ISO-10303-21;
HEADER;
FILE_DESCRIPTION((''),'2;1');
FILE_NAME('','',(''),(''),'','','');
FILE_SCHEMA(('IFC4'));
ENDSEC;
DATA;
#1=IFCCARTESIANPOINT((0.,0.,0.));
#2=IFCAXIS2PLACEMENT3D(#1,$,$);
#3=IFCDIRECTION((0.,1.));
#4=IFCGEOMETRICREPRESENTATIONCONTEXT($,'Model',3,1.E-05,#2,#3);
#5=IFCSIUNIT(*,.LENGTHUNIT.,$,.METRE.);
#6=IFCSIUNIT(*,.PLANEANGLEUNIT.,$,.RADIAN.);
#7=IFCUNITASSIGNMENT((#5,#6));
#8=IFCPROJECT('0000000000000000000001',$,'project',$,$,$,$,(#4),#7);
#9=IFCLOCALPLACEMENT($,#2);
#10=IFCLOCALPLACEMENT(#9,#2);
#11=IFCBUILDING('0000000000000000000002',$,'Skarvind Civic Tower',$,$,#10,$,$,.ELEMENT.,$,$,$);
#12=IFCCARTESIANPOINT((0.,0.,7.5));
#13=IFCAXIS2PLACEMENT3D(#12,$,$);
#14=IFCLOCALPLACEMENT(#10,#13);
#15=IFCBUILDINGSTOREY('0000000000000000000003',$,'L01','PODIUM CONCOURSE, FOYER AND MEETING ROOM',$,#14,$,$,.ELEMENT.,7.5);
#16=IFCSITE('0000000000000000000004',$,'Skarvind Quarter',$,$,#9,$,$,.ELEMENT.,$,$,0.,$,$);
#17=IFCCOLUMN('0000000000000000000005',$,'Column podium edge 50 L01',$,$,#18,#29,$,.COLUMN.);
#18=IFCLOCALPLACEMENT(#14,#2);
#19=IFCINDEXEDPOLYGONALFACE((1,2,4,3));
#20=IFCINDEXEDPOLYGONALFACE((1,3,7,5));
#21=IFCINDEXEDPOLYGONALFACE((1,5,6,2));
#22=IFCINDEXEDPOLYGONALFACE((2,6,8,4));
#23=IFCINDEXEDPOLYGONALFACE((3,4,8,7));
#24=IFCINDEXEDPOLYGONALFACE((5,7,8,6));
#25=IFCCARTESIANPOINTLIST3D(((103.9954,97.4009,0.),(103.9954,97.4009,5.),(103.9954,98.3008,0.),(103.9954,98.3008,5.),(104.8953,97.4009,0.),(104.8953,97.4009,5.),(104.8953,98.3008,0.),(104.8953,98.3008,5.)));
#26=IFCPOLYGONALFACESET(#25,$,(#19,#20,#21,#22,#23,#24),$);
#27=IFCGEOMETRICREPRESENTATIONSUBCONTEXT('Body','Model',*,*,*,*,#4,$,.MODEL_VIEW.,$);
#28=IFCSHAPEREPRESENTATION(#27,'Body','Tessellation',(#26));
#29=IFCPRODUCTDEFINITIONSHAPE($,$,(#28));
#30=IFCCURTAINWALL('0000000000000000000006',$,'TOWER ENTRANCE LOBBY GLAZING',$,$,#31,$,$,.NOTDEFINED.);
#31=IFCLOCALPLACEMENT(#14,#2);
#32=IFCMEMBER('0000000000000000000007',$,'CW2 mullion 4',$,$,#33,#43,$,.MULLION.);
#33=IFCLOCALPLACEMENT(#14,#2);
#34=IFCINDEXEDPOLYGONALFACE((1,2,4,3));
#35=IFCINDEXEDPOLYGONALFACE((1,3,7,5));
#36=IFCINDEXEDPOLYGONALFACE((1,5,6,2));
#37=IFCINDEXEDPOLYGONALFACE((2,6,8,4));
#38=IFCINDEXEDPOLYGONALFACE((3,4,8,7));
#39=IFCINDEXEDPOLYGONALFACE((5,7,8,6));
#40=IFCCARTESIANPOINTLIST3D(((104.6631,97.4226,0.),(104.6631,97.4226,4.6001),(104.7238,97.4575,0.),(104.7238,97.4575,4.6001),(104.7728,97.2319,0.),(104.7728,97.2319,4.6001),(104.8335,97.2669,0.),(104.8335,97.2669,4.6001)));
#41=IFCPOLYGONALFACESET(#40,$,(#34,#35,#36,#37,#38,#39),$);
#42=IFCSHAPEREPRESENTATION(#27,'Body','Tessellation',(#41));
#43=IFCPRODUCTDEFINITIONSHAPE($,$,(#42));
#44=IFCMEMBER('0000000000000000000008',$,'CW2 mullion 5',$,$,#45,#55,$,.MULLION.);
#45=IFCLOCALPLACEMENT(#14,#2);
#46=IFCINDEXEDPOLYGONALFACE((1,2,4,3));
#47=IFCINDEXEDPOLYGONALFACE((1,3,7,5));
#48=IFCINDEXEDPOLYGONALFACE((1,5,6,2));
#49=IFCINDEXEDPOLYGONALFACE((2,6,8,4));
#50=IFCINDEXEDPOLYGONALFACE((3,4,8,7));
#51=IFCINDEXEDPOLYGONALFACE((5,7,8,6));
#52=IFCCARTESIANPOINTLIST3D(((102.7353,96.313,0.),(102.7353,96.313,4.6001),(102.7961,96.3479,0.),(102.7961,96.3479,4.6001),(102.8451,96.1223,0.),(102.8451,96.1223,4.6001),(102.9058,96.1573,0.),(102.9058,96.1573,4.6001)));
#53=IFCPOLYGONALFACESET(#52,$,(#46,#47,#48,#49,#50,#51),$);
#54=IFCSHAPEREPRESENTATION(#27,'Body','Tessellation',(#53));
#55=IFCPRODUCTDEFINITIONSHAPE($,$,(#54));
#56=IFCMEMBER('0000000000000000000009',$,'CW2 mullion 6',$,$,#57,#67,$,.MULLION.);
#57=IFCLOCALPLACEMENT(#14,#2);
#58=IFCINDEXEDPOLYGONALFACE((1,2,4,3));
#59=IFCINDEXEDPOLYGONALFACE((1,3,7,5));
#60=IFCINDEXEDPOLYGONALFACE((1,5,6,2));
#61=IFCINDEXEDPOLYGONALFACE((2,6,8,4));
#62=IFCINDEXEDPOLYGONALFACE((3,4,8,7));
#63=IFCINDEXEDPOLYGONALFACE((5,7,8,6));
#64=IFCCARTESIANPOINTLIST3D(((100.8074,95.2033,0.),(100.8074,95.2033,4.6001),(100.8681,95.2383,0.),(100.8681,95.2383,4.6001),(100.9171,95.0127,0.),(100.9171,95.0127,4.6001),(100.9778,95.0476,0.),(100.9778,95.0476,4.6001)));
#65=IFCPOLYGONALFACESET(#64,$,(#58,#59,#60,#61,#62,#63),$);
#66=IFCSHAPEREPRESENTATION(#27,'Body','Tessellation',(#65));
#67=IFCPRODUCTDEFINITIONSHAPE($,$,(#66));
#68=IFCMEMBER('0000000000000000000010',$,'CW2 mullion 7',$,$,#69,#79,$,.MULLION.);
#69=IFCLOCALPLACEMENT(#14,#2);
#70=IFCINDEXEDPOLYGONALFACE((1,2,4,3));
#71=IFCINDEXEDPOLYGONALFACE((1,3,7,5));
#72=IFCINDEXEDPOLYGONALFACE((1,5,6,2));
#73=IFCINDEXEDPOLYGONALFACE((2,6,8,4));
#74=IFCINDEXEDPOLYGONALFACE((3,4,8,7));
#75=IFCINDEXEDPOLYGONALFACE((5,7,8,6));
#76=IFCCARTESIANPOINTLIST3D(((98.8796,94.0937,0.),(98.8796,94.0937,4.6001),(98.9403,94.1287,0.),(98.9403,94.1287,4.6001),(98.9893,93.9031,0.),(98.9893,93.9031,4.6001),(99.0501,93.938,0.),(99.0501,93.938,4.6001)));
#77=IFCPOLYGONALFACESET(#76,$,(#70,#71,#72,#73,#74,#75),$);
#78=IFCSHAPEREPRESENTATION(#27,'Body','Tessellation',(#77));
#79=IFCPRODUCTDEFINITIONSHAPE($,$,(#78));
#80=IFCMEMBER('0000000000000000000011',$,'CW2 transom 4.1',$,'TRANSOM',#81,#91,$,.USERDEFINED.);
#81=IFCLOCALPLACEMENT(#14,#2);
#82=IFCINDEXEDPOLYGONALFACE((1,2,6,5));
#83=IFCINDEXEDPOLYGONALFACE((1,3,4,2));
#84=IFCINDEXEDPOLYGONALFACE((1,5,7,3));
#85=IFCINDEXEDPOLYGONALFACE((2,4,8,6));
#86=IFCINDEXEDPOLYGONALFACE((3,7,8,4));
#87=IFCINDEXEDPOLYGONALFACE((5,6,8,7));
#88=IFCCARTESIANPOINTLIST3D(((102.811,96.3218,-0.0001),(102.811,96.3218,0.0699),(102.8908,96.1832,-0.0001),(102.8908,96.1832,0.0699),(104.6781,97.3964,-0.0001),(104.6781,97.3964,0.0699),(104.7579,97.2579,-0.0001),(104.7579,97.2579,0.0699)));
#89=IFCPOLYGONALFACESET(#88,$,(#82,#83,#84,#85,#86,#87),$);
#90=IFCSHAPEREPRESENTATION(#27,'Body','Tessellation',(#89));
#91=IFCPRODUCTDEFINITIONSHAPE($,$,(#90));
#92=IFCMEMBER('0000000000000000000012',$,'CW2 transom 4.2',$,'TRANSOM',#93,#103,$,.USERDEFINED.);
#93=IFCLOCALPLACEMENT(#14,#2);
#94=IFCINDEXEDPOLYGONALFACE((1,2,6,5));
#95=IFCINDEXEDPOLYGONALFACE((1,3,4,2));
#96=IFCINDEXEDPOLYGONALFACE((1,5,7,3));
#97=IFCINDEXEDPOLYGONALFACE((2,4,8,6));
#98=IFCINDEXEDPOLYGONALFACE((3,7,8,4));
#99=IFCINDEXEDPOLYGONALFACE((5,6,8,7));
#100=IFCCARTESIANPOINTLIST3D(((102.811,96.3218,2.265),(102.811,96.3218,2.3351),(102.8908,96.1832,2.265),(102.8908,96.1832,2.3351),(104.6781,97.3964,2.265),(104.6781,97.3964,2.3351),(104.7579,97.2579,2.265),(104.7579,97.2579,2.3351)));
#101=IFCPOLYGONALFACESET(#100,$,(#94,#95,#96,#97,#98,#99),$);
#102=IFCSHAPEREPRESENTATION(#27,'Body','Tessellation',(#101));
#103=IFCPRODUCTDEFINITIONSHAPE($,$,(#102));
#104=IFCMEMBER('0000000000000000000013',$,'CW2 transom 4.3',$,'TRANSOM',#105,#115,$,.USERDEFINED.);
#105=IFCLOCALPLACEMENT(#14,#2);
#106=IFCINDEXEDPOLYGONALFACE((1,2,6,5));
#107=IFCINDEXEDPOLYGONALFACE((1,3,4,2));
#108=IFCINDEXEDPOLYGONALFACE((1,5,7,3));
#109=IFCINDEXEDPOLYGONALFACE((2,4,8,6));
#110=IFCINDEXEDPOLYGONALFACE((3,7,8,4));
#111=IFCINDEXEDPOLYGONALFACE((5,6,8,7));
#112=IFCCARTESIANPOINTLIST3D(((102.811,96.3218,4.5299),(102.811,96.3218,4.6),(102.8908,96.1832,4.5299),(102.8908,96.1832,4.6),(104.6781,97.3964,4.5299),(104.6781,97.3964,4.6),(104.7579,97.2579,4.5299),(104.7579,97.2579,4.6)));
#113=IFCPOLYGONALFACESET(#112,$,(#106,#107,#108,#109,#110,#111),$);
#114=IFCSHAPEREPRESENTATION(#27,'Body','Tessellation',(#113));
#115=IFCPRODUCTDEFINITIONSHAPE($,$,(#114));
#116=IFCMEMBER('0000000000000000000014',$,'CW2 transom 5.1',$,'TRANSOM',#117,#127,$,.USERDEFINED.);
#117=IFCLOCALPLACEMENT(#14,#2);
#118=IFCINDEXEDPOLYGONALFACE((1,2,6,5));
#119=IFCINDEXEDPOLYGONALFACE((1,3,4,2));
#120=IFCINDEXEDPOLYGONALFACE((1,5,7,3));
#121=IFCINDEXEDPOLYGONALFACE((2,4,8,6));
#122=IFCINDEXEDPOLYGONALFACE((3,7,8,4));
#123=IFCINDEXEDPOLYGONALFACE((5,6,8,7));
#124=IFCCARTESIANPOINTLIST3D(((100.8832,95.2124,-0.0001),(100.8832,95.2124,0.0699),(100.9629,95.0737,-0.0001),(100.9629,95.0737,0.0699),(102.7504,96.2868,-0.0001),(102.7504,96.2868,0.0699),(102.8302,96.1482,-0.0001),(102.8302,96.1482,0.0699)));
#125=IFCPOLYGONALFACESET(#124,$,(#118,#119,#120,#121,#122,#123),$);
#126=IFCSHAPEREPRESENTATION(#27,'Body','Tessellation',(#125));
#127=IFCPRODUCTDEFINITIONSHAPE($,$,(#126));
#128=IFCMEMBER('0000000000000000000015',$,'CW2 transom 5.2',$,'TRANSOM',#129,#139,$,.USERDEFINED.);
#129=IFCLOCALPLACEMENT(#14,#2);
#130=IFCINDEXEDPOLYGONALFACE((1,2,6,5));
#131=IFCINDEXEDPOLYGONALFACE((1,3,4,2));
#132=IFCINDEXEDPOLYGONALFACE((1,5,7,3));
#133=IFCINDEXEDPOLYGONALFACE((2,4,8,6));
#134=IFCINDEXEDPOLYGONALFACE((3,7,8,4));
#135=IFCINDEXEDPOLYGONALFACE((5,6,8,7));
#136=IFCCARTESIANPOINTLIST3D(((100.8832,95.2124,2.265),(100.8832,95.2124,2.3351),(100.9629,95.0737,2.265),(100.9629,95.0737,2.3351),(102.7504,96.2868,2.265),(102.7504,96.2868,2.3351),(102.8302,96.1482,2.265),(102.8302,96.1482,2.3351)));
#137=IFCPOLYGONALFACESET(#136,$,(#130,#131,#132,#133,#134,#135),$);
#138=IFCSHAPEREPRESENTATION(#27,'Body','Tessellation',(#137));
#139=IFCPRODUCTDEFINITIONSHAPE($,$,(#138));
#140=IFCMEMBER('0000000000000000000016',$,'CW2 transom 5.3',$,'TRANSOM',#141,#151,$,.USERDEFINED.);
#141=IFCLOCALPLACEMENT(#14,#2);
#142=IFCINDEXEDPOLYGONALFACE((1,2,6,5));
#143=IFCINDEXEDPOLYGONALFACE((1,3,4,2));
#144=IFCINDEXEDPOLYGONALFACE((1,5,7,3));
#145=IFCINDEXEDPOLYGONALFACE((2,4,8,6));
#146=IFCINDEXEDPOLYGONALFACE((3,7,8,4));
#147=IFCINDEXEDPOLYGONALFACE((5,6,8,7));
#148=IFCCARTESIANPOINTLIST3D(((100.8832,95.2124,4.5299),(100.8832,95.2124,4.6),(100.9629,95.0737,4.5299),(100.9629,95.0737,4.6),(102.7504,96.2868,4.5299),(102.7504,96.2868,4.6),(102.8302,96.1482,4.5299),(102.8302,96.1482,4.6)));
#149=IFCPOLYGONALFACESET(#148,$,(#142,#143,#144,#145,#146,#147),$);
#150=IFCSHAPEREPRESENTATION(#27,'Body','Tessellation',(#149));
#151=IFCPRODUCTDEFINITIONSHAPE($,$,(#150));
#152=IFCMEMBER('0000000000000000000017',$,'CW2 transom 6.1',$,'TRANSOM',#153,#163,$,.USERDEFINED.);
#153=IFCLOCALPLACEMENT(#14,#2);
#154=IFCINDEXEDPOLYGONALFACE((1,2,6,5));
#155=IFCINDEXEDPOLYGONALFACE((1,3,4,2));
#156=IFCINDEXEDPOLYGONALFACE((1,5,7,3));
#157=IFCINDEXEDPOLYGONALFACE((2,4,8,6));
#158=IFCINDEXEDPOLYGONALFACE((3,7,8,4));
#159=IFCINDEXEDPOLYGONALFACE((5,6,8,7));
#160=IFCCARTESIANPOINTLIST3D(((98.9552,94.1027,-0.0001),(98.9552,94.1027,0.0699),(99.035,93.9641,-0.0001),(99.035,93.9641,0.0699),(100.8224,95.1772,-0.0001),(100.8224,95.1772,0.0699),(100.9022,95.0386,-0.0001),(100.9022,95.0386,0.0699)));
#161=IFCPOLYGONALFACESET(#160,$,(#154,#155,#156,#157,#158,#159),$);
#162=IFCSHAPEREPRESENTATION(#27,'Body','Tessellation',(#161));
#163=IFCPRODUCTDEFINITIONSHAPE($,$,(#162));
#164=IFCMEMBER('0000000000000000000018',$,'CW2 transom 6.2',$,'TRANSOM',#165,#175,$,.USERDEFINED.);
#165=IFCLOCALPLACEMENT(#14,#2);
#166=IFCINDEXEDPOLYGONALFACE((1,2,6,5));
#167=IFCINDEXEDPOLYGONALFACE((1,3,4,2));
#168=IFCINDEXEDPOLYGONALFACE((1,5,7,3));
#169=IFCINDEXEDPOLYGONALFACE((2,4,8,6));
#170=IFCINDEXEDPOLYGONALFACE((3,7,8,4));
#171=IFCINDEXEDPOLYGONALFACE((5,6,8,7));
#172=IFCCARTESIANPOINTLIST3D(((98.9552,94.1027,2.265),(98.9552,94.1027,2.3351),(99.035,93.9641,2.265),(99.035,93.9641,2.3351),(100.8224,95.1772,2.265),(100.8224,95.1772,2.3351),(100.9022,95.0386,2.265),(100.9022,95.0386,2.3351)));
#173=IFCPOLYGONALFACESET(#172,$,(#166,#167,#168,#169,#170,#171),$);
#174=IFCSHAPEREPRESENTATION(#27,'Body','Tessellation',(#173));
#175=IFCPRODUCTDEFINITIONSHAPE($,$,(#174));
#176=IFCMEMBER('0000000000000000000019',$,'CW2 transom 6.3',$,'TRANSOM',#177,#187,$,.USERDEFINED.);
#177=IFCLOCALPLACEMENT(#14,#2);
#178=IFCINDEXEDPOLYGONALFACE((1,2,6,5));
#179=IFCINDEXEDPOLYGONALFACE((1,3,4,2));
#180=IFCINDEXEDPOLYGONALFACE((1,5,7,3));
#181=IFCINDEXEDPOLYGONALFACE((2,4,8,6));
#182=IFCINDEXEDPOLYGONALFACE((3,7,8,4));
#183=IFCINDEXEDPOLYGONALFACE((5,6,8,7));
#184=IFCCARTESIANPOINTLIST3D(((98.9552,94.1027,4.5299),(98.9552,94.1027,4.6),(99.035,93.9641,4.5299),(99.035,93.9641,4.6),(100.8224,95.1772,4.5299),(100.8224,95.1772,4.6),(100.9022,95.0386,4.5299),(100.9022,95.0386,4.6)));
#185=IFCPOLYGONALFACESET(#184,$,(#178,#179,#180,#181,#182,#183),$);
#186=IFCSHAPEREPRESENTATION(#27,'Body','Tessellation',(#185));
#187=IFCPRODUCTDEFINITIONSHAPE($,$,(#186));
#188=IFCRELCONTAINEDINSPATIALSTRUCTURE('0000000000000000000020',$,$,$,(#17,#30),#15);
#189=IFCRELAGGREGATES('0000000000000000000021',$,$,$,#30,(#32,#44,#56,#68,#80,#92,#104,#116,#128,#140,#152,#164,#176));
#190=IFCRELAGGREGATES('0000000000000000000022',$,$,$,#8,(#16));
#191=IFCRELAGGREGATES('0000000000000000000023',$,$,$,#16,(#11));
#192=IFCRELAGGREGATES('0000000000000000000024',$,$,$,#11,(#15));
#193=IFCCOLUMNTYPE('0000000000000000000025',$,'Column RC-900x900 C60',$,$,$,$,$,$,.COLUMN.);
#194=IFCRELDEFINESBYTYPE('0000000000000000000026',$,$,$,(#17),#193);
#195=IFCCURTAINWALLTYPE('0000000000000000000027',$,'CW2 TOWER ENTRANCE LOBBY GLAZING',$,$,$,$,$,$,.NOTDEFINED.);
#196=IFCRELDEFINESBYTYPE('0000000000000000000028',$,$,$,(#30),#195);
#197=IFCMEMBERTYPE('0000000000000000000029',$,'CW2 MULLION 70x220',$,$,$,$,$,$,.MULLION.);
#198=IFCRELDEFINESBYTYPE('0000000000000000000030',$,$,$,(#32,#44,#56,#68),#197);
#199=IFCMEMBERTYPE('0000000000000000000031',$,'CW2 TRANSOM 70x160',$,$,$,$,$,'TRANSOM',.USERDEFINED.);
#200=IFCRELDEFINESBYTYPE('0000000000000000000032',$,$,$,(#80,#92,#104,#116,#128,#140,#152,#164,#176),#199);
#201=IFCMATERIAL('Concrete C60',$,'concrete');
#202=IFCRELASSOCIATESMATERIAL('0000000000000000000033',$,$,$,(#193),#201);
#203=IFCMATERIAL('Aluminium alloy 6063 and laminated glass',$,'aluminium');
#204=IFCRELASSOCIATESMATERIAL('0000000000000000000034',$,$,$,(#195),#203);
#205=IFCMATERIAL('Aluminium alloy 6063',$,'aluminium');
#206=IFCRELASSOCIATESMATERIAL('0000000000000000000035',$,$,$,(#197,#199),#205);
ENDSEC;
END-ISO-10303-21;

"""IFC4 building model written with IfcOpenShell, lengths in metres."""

from ifc_helpers import new_model, si_unit, direction, frame, origin, origin_2d, place, context, subcontext, project, spatial, rectangle, extrude, material, material_profile, profile_set, type_object, element, aggregate, save


model = new_model("IFC4")

# Units and contexts
model_context = context("Model", 3, precision=1e-05, world=origin(), true_north=direction((0.0, 1.0)))
body_context = subcontext(model_context, "Body", "Model", "MODEL_VIEW")
ifc_project = project(units=[si_unit("LENGTHUNIT", "METRE"), si_unit("PLANEANGLEUNIT", "RADIAN")], contexts=[model_context])

# Site, building, storey
site_placement = place(None, origin())
site = spatial("IfcSite", under=ifc_project, at=site_placement, Name="Skarvind Quarter", CompositionType="ELEMENT", RefElevation=0.0)
building_placement = place(site_placement, origin())
building = spatial("IfcBuilding", under=site, at=building_placement, Name="Skarvind Civic Tower", CompositionType="ELEMENT")
storey_placement = place(building_placement, frame((0.0, 0.0, 7.5)))
storey = spatial("IfcBuildingStorey", under=building, at=storey_placement, Name="L01", Description="PODIUM CONCOURSE, FOYER AND MEETING ROOM", CompositionType="ELEMENT", Elevation=7.5)

# Column
ifc_material_1 = material(Name="Concrete C60", Category="concrete")
ifc_material_profile_1 = material_profile(ifc_material_1, rectangle(XDim=0.8999, YDim=0.8999, at=origin_2d()), Name="RC-900x900")
ifc_profile_set_1 = profile_set([ifc_material_profile_1], Name="Concrete C60")
column_type = type_object("IfcColumnType", Name="Column RC-900x900 C60", PredefinedType="COLUMN", material=ifc_profile_set_1)
column_placement = place(storey_placement, frame((104.4453, 97.8508, 0.0), z_axis=(0.0, 0.0, 1.0), x_axis=(1.0, 0.0, 0.0)))
element("IfcColumn", 1, at=column_placement, inside=storey, type_object=column_type, Name="Column podium edge 50 L01", PredefinedType="COLUMN", context=body_context, shape_type="SweptSolid", body=[
    extrude(rectangle(XDim=0.8999, YDim=0.8999, at=origin_2d()), origin(), (0.0, 0.0, 1.0), 5.0),
])

# Curtain wall, members
ifc_material_2 = material(Name="Aluminium alloy 6063 and laminated glass", Category="aluminium")
curtain_wall_type = type_object("IfcCurtainWallType", Name="CW2 TOWER ENTRANCE LOBBY GLAZING", PredefinedType="NOTDEFINED", material=ifc_material_2)
curtain_wall_placement = place(storey_placement, origin())
curtain_wall = element("IfcCurtainWall", 2, at=curtain_wall_placement, inside=storey, type_object=curtain_wall_type, Name="TOWER ENTRANCE LOBBY GLAZING", PredefinedType="NOTDEFINED")
ifc_material_3 = material(Name="Aluminium alloy 6063", Category="aluminium")
ifc_material_profile_2 = material_profile(ifc_material_3, rectangle(XDim=0.22, YDim=0.0701, at=origin_2d()), Name="AL 70x220")
ifc_profile_set_2 = profile_set([ifc_material_profile_2], Name="Aluminium alloy 6063")
member_type_1 = type_object("IfcMemberType", Name="CW2 MULLION 70x220", PredefinedType="MULLION", material=ifc_profile_set_2)
member_1_placement = place(storey_placement, frame((104.7483, 97.3447, 0.0), z_axis=(0.0, 0.0, 1.0), x_axis=(0.498825, -0.866702, 0.0)))
member_1 = element("IfcMember", 3, at=member_1_placement, type_object=member_type_1, Name="CW2 mullion 4", PredefinedType="MULLION", context=body_context, shape_type="SweptSolid", body=[
    extrude(rectangle(XDim=0.22, YDim=0.0701, at=origin_2d()), origin(), (0.0, 0.0, 1.0), 4.6001),
])
member_2_placement = place(storey_placement, frame((102.8206, 96.2351, 0.0), z_axis=(0.0, 0.0, 1.0), x_axis=(0.498825, -0.866702, 0.0)))
member_2 = element("IfcMember", 4, at=member_2_placement, type_object=member_type_1, Name="CW2 mullion 5", PredefinedType="MULLION", context=body_context, shape_type="SweptSolid", body=[
    extrude(rectangle(XDim=0.22, YDim=0.0701, at=origin_2d()), origin(), (0.0, 0.0, 1.0), 4.6001),
])
member_3_placement = place(storey_placement, frame((100.8926, 95.1255, 0.0), z_axis=(0.0, 0.0, 1.0), x_axis=(0.498825, -0.866702, 0.0)))
member_3 = element("IfcMember", 5, at=member_3_placement, type_object=member_type_1, Name="CW2 mullion 6", PredefinedType="MULLION", context=body_context, shape_type="SweptSolid", body=[
    extrude(rectangle(XDim=0.22, YDim=0.0701, at=origin_2d()), origin(), (0.0, 0.0, 1.0), 4.6001),
])
member_4_placement = place(storey_placement, frame((98.9648, 94.0159, 0.0), z_axis=(0.0, 0.0, 1.0), x_axis=(0.498825, -0.866702, 0.0)))
member_4 = element("IfcMember", 6, at=member_4_placement, type_object=member_type_1, Name="CW2 mullion 7", PredefinedType="MULLION", context=body_context, shape_type="SweptSolid", body=[
    extrude(rectangle(XDim=0.22, YDim=0.0701, at=origin_2d()), origin(), (0.0, 0.0, 1.0), 4.6001),
])
ifc_material_profile_3 = material_profile(ifc_material_3, rectangle(XDim=0.1599, YDim=0.0701, at=origin_2d()), Name="AL 70x160")
ifc_profile_set_3 = profile_set([ifc_material_profile_3], Name="Aluminium alloy 6063")
member_type_2 = type_object("IfcMemberType", Name="CW2 TRANSOM 70x160", ElementType="TRANSOM", PredefinedType="USERDEFINED", material=ifc_profile_set_3)
member_5_placement = place(storey_placement, frame((104.718, 97.3271, 0.0349), z_axis=(-0.866691, -0.498846, 0.0), x_axis=(0.498846, -0.866691, 0.0)))
member_5 = element("IfcMember", 7, at=member_5_placement, type_object=member_type_2, Name="CW2 transom 4.1", ObjectType="TRANSOM", PredefinedType="USERDEFINED", context=body_context, shape_type="SweptSolid", body=[
    extrude(rectangle(XDim=0.1599, YDim=0.0701, at=origin_2d()), origin(), (0.0, 0.0, 1.0), 2.1543),
])
member_6_placement = place(storey_placement, frame((104.718, 97.3271, 2.3), z_axis=(-0.866691, -0.498846, 0.0), x_axis=(0.498846, -0.866691, 0.0)))
member_6 = element("IfcMember", 8, at=member_6_placement, type_object=member_type_2, Name="CW2 transom 4.2", ObjectType="TRANSOM", PredefinedType="USERDEFINED", context=body_context, shape_type="SweptSolid", body=[
    extrude(rectangle(XDim=0.1599, YDim=0.0701, at=origin_2d()), origin(), (0.0, 0.0, 1.0), 2.1543),
])
member_7_placement = place(storey_placement, frame((104.718, 97.3271, 4.5649), z_axis=(-0.866691, -0.498846, 0.0), x_axis=(0.498846, -0.866691, 0.0)))
member_7 = element("IfcMember", 9, at=member_7_placement, type_object=member_type_2, Name="CW2 transom 4.3", ObjectType="TRANSOM", PredefinedType="USERDEFINED", context=body_context, shape_type="SweptSolid", body=[
    extrude(rectangle(XDim=0.1599, YDim=0.0701, at=origin_2d()), origin(), (0.0, 0.0, 1.0), 2.1543),
])
member_8_placement = place(storey_placement, frame((102.7903, 96.2175, 0.0349), z_axis=(-0.86674, -0.498761, 0.0), x_axis=(0.498761, -0.86674, 0.0)))
member_8 = element("IfcMember", 10, at=member_8_placement, type_object=member_type_2, Name="CW2 transom 5.1", ObjectType="TRANSOM", PredefinedType="USERDEFINED", context=body_context, shape_type="SweptSolid", body=[
    extrude(rectangle(XDim=0.1599, YDim=0.0701, at=origin_2d()), origin(), (0.0, 0.0, 1.0), 2.1543),
])
member_9_placement = place(storey_placement, frame((102.7903, 96.2175, 2.3), z_axis=(-0.86674, -0.498761, 0.0), x_axis=(0.498761, -0.86674, 0.0)))
member_9 = element("IfcMember", 11, at=member_9_placement, type_object=member_type_2, Name="CW2 transom 5.2", ObjectType="TRANSOM", PredefinedType="USERDEFINED", context=body_context, shape_type="SweptSolid", body=[
    extrude(rectangle(XDim=0.1599, YDim=0.0701, at=origin_2d()), origin(), (0.0, 0.0, 1.0), 2.1543),
])
member_10_placement = place(storey_placement, frame((102.7903, 96.2175, 4.5649), z_axis=(-0.86674, -0.498761, 0.0), x_axis=(0.498761, -0.86674, 0.0)))
member_10 = element("IfcMember", 12, at=member_10_placement, type_object=member_type_2, Name="CW2 transom 5.3", ObjectType="TRANSOM", PredefinedType="USERDEFINED", context=body_context, shape_type="SweptSolid", body=[
    extrude(rectangle(XDim=0.1599, YDim=0.0701, at=origin_2d()), origin(), (0.0, 0.0, 1.0), 2.1543),
])
member_11_placement = place(storey_placement, frame((100.8623, 95.1079, 0.0349), z_axis=(-0.86674, -0.498761, 0.0), x_axis=(0.498761, -0.86674, 0.0)))
member_11 = element("IfcMember", 13, at=member_11_placement, type_object=member_type_2, Name="CW2 transom 6.1", ObjectType="TRANSOM", PredefinedType="USERDEFINED", context=body_context, shape_type="SweptSolid", body=[
    extrude(rectangle(XDim=0.1599, YDim=0.0701, at=origin_2d()), origin(), (0.0, 0.0, 1.0), 2.1543),
])
member_12_placement = place(storey_placement, frame((100.8623, 95.1079, 2.3), z_axis=(-0.86674, -0.498761, 0.0), x_axis=(0.498761, -0.86674, 0.0)))
member_12 = element("IfcMember", 14, at=member_12_placement, type_object=member_type_2, Name="CW2 transom 6.2", ObjectType="TRANSOM", PredefinedType="USERDEFINED", context=body_context, shape_type="SweptSolid", body=[
    extrude(rectangle(XDim=0.1599, YDim=0.0701, at=origin_2d()), origin(), (0.0, 0.0, 1.0), 2.1543),
])
member_13_placement = place(storey_placement, frame((100.8623, 95.1079, 4.5649), z_axis=(-0.86674, -0.498761, 0.0), x_axis=(0.498761, -0.86674, 0.0)))
member_13 = element("IfcMember", 15, at=member_13_placement, type_object=member_type_2, Name="CW2 transom 6.3", ObjectType="TRANSOM", PredefinedType="USERDEFINED", context=body_context, shape_type="SweptSolid", body=[
    extrude(rectangle(XDim=0.1599, YDim=0.0701, at=origin_2d()), origin(), (0.0, 0.0, 1.0), 2.1543),
])

aggregate(curtain_wall, [member_1, member_2, member_3, member_4, member_5, member_6, member_7, member_8, member_9, member_10, member_11, member_12, member_13])

save(model, "model.ifc")
